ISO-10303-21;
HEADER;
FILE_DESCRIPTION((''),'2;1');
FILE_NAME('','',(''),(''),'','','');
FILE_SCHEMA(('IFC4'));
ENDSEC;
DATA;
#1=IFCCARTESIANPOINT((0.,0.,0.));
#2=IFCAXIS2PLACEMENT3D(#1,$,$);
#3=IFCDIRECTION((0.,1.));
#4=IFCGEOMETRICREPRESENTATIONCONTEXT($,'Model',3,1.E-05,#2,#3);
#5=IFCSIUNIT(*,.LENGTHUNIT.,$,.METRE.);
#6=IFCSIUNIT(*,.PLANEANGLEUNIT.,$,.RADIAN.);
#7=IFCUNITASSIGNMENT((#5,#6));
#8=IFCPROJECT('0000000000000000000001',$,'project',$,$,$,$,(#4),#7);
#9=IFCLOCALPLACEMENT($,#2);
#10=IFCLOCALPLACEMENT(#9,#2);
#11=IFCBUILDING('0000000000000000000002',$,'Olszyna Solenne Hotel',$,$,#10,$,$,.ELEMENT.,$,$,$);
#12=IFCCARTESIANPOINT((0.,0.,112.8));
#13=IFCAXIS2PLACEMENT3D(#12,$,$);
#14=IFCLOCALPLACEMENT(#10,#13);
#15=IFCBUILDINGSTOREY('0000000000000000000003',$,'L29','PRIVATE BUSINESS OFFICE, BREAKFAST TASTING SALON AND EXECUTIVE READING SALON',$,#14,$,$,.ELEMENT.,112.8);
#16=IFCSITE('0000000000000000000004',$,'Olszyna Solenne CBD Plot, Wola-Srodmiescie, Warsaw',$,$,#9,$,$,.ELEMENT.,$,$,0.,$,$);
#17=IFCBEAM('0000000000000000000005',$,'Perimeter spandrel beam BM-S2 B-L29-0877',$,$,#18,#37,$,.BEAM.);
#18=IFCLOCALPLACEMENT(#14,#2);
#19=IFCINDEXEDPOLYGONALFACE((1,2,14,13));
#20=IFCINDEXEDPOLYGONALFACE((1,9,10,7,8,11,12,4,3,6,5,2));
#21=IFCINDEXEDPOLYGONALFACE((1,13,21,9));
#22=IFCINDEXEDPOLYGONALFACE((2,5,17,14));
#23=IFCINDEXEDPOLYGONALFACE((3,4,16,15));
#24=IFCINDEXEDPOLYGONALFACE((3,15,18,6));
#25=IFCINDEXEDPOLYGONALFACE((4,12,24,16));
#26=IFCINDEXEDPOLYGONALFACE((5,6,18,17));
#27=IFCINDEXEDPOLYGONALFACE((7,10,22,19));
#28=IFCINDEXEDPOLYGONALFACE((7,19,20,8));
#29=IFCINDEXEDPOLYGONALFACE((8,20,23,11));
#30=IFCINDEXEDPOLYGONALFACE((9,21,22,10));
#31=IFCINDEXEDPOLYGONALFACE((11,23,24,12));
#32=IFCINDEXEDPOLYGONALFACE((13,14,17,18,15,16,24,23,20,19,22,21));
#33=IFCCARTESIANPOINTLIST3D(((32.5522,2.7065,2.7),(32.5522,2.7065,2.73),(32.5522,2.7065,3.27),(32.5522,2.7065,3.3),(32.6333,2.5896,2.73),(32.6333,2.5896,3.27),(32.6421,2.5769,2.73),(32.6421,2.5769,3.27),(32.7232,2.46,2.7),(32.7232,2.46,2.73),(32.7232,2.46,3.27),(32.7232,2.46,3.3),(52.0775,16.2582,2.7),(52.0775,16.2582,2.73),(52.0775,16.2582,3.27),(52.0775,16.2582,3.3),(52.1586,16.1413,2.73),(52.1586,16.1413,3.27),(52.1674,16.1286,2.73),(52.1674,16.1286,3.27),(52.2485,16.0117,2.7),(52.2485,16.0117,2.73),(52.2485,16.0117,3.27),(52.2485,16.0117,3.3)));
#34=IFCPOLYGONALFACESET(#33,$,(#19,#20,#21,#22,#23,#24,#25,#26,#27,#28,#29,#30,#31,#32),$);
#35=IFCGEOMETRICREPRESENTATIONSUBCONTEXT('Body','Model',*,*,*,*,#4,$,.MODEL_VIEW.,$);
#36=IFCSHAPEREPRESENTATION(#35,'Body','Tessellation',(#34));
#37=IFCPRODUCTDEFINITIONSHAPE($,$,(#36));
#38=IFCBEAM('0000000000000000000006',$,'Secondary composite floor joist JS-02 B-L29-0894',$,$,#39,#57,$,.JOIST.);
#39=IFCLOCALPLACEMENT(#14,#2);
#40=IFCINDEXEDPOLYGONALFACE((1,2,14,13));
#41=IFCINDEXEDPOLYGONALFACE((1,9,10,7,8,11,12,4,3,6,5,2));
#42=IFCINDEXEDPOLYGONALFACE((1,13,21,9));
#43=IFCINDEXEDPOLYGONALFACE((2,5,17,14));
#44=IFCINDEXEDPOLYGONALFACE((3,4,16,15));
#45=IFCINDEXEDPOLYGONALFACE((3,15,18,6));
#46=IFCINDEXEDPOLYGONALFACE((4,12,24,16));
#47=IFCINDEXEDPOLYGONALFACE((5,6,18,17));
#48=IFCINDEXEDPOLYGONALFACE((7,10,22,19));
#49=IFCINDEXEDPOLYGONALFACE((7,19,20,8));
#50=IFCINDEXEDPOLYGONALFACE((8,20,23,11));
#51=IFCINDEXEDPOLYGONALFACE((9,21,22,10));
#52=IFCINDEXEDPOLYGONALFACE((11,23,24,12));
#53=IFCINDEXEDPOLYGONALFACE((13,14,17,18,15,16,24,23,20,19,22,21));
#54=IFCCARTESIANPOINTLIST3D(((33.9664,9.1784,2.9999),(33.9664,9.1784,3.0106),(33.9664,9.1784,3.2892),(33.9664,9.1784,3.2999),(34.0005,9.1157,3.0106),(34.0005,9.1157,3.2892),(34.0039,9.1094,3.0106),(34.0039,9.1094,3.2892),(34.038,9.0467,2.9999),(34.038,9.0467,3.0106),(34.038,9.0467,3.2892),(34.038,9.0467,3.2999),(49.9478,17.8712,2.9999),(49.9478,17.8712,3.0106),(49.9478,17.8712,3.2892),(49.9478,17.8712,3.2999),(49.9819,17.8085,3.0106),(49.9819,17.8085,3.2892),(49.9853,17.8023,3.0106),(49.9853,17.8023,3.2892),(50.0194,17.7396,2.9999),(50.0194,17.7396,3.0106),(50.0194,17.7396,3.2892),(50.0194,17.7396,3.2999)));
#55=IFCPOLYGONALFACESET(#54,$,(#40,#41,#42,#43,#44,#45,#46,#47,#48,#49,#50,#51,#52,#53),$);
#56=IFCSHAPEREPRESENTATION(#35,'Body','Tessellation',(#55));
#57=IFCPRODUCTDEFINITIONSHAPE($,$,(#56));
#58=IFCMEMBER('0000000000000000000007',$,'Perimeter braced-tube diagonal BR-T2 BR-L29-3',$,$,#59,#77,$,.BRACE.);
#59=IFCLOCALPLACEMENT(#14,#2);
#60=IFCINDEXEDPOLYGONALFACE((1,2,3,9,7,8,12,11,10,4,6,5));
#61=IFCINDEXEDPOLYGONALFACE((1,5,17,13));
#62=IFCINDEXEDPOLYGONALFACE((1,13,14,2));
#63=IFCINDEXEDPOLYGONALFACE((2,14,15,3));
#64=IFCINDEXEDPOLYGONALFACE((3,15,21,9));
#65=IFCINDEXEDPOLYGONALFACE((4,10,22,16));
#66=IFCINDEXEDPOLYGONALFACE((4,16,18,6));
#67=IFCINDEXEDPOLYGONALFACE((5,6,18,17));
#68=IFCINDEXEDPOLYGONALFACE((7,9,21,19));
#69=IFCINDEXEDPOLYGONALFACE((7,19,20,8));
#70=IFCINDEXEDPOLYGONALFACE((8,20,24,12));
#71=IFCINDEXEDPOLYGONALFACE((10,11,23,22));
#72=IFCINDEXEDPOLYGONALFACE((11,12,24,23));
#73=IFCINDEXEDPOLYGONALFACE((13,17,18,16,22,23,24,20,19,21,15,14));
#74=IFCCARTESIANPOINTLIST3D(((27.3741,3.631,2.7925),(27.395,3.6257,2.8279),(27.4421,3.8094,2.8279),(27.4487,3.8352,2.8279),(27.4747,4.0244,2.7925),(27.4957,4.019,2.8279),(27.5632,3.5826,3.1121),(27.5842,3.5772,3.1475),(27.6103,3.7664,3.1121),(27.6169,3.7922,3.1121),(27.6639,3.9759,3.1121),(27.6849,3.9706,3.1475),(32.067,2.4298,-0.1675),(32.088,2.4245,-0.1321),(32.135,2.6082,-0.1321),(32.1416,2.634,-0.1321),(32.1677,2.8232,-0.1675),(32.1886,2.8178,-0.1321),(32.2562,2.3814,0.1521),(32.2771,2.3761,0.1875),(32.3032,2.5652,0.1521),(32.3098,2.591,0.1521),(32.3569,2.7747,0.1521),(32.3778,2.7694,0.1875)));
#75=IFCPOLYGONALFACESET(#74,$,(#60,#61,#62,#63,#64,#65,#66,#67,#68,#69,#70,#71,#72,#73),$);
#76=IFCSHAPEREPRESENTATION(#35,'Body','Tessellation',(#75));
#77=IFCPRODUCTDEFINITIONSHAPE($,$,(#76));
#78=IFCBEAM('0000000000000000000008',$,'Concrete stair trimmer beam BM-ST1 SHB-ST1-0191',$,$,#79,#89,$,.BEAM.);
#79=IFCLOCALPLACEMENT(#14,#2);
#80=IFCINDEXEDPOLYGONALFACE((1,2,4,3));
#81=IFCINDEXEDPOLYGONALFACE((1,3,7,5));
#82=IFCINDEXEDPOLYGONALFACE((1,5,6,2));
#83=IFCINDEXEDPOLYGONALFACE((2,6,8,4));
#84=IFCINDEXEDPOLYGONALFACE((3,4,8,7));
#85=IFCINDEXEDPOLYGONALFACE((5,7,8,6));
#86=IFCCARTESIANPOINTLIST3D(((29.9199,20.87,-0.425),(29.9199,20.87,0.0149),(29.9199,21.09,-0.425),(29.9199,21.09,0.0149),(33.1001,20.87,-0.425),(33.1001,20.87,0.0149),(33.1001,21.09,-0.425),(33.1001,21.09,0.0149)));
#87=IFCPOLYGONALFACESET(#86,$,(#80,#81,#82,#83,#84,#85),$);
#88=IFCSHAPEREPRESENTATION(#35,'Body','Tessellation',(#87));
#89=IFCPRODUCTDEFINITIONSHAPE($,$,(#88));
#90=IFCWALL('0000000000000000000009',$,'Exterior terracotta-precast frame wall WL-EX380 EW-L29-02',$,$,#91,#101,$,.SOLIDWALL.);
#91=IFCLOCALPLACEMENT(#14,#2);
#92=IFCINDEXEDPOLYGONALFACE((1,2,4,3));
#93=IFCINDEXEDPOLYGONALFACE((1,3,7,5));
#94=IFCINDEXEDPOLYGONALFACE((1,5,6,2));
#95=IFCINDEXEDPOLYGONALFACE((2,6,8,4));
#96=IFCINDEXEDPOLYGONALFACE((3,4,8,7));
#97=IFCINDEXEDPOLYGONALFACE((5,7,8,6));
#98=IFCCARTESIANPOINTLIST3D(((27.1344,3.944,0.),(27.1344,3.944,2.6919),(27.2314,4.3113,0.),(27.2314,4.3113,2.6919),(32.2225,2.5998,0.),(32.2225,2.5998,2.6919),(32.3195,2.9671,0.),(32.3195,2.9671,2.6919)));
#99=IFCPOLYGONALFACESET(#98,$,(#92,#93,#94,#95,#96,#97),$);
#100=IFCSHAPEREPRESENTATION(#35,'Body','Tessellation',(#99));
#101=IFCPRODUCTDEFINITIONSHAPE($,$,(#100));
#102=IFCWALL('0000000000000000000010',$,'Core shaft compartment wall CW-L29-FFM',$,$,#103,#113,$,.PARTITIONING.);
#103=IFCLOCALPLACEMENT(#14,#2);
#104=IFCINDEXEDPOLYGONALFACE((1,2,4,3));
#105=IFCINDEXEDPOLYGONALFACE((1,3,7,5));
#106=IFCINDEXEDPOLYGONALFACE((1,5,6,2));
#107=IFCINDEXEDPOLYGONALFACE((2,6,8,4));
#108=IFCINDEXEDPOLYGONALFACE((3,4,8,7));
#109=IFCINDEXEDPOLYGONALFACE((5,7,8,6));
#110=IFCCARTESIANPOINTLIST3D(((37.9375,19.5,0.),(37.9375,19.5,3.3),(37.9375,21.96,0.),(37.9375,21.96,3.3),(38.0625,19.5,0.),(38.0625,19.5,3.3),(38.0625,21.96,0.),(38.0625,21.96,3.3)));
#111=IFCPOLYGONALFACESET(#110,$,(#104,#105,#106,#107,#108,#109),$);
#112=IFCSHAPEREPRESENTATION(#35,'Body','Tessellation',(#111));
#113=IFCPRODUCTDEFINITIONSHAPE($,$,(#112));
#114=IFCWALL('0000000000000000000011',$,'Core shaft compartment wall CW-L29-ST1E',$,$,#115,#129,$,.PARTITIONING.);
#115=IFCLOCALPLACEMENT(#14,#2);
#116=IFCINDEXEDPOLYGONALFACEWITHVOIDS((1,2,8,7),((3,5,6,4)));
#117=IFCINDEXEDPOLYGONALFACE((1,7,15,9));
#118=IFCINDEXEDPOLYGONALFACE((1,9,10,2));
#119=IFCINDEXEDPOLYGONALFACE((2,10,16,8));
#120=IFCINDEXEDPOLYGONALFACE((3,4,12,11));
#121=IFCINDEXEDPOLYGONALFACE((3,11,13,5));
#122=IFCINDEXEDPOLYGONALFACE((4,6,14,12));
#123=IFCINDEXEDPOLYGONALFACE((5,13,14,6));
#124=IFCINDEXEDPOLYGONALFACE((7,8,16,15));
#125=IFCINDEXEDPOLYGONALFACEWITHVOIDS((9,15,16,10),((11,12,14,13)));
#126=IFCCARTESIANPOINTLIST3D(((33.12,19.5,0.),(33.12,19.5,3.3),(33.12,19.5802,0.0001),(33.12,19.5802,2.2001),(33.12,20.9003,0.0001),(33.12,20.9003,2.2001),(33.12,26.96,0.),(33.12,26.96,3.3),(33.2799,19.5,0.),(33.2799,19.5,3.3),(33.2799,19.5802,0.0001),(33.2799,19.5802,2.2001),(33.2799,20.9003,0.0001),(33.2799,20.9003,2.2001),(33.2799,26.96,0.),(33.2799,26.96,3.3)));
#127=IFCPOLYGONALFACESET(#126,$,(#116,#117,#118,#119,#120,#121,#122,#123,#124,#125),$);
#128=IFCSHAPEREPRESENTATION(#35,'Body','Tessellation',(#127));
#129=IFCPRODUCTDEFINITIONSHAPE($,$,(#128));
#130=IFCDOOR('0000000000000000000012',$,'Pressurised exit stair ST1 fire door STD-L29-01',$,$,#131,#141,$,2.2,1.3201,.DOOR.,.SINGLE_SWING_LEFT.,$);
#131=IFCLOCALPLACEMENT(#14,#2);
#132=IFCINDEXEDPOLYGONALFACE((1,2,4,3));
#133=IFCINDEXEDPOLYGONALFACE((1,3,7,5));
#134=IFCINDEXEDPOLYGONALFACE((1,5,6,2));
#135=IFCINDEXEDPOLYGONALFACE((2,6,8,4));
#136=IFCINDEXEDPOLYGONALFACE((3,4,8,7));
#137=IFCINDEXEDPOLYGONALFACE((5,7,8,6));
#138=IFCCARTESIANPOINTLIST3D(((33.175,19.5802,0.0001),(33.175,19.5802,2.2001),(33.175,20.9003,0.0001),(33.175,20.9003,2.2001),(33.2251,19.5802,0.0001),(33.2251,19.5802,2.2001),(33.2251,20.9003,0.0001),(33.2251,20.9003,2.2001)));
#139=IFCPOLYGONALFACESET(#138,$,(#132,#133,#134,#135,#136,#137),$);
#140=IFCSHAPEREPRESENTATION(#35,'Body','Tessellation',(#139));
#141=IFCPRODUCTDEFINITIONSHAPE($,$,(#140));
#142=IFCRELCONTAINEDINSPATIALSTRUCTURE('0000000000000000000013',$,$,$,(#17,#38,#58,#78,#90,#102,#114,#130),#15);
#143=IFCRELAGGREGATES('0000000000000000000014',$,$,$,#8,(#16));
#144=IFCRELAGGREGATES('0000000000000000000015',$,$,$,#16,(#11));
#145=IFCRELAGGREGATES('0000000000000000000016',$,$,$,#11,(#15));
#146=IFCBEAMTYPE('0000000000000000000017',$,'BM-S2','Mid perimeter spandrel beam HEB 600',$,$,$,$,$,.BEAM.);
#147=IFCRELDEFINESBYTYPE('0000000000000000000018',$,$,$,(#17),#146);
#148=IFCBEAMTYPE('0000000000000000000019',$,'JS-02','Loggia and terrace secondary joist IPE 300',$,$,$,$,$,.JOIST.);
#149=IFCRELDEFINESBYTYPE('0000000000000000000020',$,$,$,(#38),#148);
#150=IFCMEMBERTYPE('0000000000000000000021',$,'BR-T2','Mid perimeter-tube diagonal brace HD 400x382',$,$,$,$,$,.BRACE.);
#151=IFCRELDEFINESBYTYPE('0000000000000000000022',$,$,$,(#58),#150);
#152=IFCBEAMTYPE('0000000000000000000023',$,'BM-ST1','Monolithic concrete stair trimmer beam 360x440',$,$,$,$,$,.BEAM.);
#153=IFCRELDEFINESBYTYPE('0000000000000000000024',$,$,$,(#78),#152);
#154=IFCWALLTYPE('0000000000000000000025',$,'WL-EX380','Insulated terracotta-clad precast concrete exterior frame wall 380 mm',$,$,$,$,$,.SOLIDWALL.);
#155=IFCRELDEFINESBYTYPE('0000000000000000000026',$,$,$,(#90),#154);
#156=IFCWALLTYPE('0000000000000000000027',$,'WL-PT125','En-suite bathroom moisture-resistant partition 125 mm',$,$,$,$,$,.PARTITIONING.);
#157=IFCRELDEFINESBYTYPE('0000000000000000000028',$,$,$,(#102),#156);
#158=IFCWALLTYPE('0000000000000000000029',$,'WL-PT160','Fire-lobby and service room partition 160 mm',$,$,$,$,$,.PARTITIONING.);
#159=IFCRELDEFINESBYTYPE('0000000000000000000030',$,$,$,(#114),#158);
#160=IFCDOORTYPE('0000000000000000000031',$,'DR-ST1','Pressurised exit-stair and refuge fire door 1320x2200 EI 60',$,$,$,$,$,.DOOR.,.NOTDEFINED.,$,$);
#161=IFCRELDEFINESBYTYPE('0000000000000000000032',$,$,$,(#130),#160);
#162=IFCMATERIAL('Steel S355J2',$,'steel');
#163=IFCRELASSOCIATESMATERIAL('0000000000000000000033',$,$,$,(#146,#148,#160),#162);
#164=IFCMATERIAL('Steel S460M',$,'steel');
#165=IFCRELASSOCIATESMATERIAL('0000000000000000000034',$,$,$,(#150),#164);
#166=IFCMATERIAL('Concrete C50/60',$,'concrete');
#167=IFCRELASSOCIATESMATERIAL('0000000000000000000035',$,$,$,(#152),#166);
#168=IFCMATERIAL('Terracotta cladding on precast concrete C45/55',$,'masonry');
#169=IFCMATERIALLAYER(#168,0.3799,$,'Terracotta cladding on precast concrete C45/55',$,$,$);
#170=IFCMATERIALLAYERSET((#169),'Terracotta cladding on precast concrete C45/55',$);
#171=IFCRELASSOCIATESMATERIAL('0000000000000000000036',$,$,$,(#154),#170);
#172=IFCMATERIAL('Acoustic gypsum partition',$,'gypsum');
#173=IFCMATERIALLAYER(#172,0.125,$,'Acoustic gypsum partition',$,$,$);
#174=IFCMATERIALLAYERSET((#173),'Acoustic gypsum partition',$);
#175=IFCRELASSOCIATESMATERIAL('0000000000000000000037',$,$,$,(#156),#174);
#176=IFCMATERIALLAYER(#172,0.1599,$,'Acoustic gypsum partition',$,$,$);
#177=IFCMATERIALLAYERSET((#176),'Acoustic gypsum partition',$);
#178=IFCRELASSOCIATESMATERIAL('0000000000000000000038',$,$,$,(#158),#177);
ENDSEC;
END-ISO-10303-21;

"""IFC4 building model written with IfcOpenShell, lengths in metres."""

from ifc_helpers import new_model, si_unit, direction, frame, frame_2d, origin, origin_2d, place, context, subcontext, project, spatial, rectangle, i_section, extrude, source, transform, mapped, material, layer, layer_set, material_profile, profile_set, type_object, type_shapes, element, fill, save


model = new_model("IFC4")

# Units and contexts
model_context = context("Model", 3, precision=1e-05, world=origin(), true_north=direction((0.0, 1.0)))
body_context = subcontext(model_context, "Body", "Model", "MODEL_VIEW")
ifc_project = project(units=[si_unit("LENGTHUNIT", "METRE"), si_unit("PLANEANGLEUNIT", "RADIAN")], contexts=[model_context])

# Site, building, storey
site_placement = place(None, origin())
site = spatial("IfcSite", under=ifc_project, at=site_placement, Name="Olszyna Solenne CBD Plot, Wola-Srodmiescie, Warsaw", CompositionType="ELEMENT", RefElevation=0.0)
building_placement = place(site_placement, origin())
building = spatial("IfcBuilding", under=site, at=building_placement, Name="Olszyna Solenne Hotel", CompositionType="ELEMENT")
storey_placement = place(building_placement, frame((0.0, 0.0, 112.8)))
storey = spatial("IfcBuildingStorey", under=building, at=storey_placement, Name="L29", Description="PRIVATE BUSINESS OFFICE, BREAKFAST TASTING SALON AND EXECUTIVE READING SALON", CompositionType="ELEMENT", Elevation=112.8)

# Beams
ifc_material_1 = material(Name="Steel S355J2", Category="steel")
ifc_material_profile_1 = material_profile(ifc_material_1, i_section(OverallWidth=0.3, OverallDepth=0.6001, WebThickness=0.0154, FlangeThickness=0.03, at=origin_2d()), Name="HEB 600", Category="load-bearing")
ifc_profile_set_1 = profile_set([ifc_material_profile_1], Name="Steel S355J2")
beam_type_1 = type_object("IfcBeamType", Name="BM-S2", Description="Mid perimeter spandrel beam HEB 600", PredefinedType="BEAM", material=ifc_profile_set_1)
shared_shape_1 = source(origin(), body_context, "Body", "SweptSolid", [
    extrude(i_section(OverallWidth=0.3, OverallDepth=0.6001, WebThickness=0.0154, FlangeThickness=0.03, at=origin_2d()), origin(), (0.0, 0.0, 1.0), 23.7673),
])
beam_1_placement = place(storey_placement, frame((32.6377, 2.5833, 3.0), z_axis=(0.821519, 0.570182, 0.0), x_axis=(-0.570182, 0.821519, 0.0)))
element("IfcBeam", 1, at=beam_1_placement, inside=storey, type_object=beam_type_1, Name="Perimeter spandrel beam BM-S2 B-L29-0877", PredefinedType="BEAM", context=body_context, shape_type="MappedRepresentation", body=[
    mapped(shared_shape_1, transform((0.0, 0.0, 0.0), x_axis=(1.0, 0.0, 0.0), y_axis=(0.0, 1.0, 0.0), z_axis=(0.0, 0.0, 1.0), scale=1.0)),
])
ifc_material_profile_2 = material_profile(ifc_material_1, i_section(OverallWidth=0.1499, OverallDepth=0.3, WebThickness=0.0071, FlangeThickness=0.0107, at=origin_2d()), Name="IPE 300", Category="load-bearing")
ifc_profile_set_2 = profile_set([ifc_material_profile_2], Name="Steel S355J2")
beam_type_2 = type_object("IfcBeamType", Name="JS-02", Description="Loggia and terrace secondary joist IPE 300", PredefinedType="JOIST", material=ifc_profile_set_2)
shared_shape_2 = source(origin(), body_context, "Body", "SweptSolid", [
    extrude(i_section(OverallWidth=0.1499, OverallDepth=0.3, WebThickness=0.0071, FlangeThickness=0.0107, at=origin_2d()), origin(), (0.0, 0.0, 1.0), 18.1926),
])
beam_2_placement = place(storey_placement, frame((34.0022, 9.1125, 3.1499), z_axis=(0.878456, 0.477823, 0.0), x_axis=(-0.477823, 0.878456, 0.0)))
element("IfcBeam", 2, at=beam_2_placement, inside=storey, type_object=beam_type_2, Name="Secondary composite floor joist JS-02 B-L29-0894", PredefinedType="JOIST", context=body_context, shape_type="MappedRepresentation", body=[
    mapped(shared_shape_2, transform((0.0, 0.0, 0.0), x_axis=(1.0, 0.0, 0.0), y_axis=(0.0, 1.0, 0.0), z_axis=(0.0, 0.0, 1.0), scale=1.0)),
])

# Member
ifc_material_2 = material(Name="Steel S460M", Category="steel")
ifc_material_profile_3 = material_profile(ifc_material_2, i_section(OverallWidth=0.406, OverallDepth=0.416, WebThickness=0.0266, FlangeThickness=0.0415, at=origin_2d()), Name="HD 400x382", Category="load-bearing")
ifc_profile_set_3 = profile_set([ifc_material_profile_3], Name="Steel S460M")
member_type = type_object("IfcMemberType", Name="BR-T2", Description="Mid perimeter-tube diagonal brace HD 400x382", PredefinedType="BRACE", material=ifc_profile_set_3)
shared_shape_3 = source(origin(), body_context, "Body", "SweptSolid", [
    extrude(i_section(OverallWidth=0.406, OverallDepth=0.416, WebThickness=0.0266, FlangeThickness=0.0415, at=origin_2d()), origin(), (0.0, 0.0, 1.0), 5.677),
])
member_placement = place(storey_placement, frame((32.2224, 2.5996, 0.01), z_axis=(-0.826661, 0.211589, 0.521404), x_axis=(-0.247963, -0.968769, 0.0)))
element("IfcMember", 3, at=member_placement, inside=storey, type_object=member_type, Name="Perimeter braced-tube diagonal BR-T2 BR-L29-3", PredefinedType="BRACE", context=body_context, shape_type="MappedRepresentation", body=[
    mapped(shared_shape_3, transform((0.0, 0.0, 0.0), x_axis=(1.0, 0.0, 0.0), y_axis=(0.0, 1.0, 0.0), z_axis=(0.0, 0.0, 1.0), scale=1.0)),
])

# Beam
ifc_material_3 = material(Name="Concrete C50/60", Category="concrete")
ifc_material_profile_4 = material_profile(ifc_material_3, rectangle(XDim=0.22, YDim=0.4399, at=origin_2d()), Name="RC 220x440", Category="load-bearing")
ifc_profile_set_4 = profile_set([ifc_material_profile_4], Name="Concrete C50/60")
beam_type_3 = type_object("IfcBeamType", Name="BM-ST1", Description="Monolithic concrete stair trimmer beam 360x440", PredefinedType="BEAM", material=ifc_profile_set_4)
shared_shape_4 = source(origin(), body_context, "Body", "SweptSolid", [
    extrude(rectangle(XDim=0.22, YDim=0.4399, at=origin_2d()), origin(), (0.0, 0.0, 1.0), 3.1802),
])
beam_3_placement = place(storey_placement, frame((33.1001, 20.98, -0.2051), z_axis=(-1.0, 0.0, 0.0), x_axis=(0.0, -1.0, 0.0)))
element("IfcBeam", 4, at=beam_3_placement, inside=storey, type_object=beam_type_3, Name="Concrete stair trimmer beam BM-ST1 SHB-ST1-0191", PredefinedType="BEAM", context=body_context, shape_type="MappedRepresentation", body=[
    mapped(shared_shape_4, transform((0.0, 0.0, 0.0), x_axis=(1.0, 0.0, 0.0), y_axis=(0.0, 1.0, 0.0), z_axis=(0.0, 0.0, 1.0), scale=1.0)),
])

# Walls
ifc_material_4 = material(Name="Terracotta cladding on precast concrete C45/55", Category="masonry")
ifc_layer_1 = layer(ifc_material_4, 0.3799, Name="Terracotta cladding on precast concrete C45/55")
ifc_layer_set_1 = layer_set([ifc_layer_1], Name="Terracotta cladding on precast concrete C45/55")
wall_type_1 = type_object("IfcWallType", Name="WL-EX380", Description="Insulated terracotta-clad precast concrete exterior frame wall 380 mm", PredefinedType="SOLIDWALL", material=ifc_layer_set_1)
wall_1_placement = place(storey_placement, frame((32.271, 2.7834, 0.0), z_axis=(0.0, 0.0, 1.0), x_axis=(-0.966828, 0.255427, 0.0)))
element("IfcWall", 5, at=wall_1_placement, inside=storey, type_object=wall_type_1, Name="Exterior terracotta-precast frame wall WL-EX380 EW-L29-02", PredefinedType="SOLIDWALL", context=body_context, shape_type="SweptSolid", body=[
    extrude(rectangle(XDim=5.2627, YDim=0.3799, at=frame_2d((2.6313, 0.0))), origin(), (0.0, 0.0, 1.0), 2.6919),
])
ifc_material_5 = material(Name="Acoustic gypsum partition", Category="gypsum")
ifc_layer_2 = layer(ifc_material_5, 0.125, Name="Acoustic gypsum partition")
ifc_layer_set_2 = layer_set([ifc_layer_2], Name="Acoustic gypsum partition")
wall_type_2 = type_object("IfcWallType", Name="WL-PT125", Description="En-suite bathroom moisture-resistant partition 125 mm", PredefinedType="PARTITIONING", material=ifc_layer_set_2)
wall_2_placement = place(storey_placement, frame((38.0, 19.5, 0.0), z_axis=(0.0, 0.0, 1.0), x_axis=(0.0, 1.0, 0.0)))
element("IfcWall", 6, at=wall_2_placement, inside=storey, type_object=wall_type_2, Name="Core shaft compartment wall CW-L29-FFM", PredefinedType="PARTITIONING", context=body_context, shape_type="SweptSolid", body=[
    extrude(rectangle(XDim=2.46, YDim=0.125, at=frame_2d((1.23, 0.0))), origin(), (0.0, 0.0, 1.0), 3.3),
])

# Wall, opening, door
ifc_layer_3 = layer(ifc_material_5, 0.1599, Name="Acoustic gypsum partition")
ifc_layer_set_3 = layer_set([ifc_layer_3], Name="Acoustic gypsum partition")
wall_type_3 = type_object("IfcWallType", Name="WL-PT160", Description="Fire-lobby and service room partition 160 mm", PredefinedType="PARTITIONING", material=ifc_layer_set_3)
wall_3_placement = place(storey_placement, frame((33.2, 19.5, 0.0), z_axis=(0.0, 0.0, 1.0), x_axis=(0.0, 1.0, 0.0)))
wall_3 = element("IfcWall", 7, at=wall_3_placement, inside=storey, type_object=wall_type_3, Name="Core shaft compartment wall CW-L29-ST1E", PredefinedType="PARTITIONING", context=body_context, shape_type="SweptSolid", body=[
    extrude(rectangle(XDim=7.46, YDim=0.1599, at=frame_2d((3.73, 0.0))), origin(), (0.0, 0.0, 1.0), 3.3),
])
opening_1_placement = place(wall_3_placement, frame((0.0801, 0.0, 0.0)))
opening_1 = element("IfcOpeningElement", 8, at=opening_1_placement, cuts=wall_3, PredefinedType="OPENING", context=body_context, shape_type="SweptSolid", body=[
    extrude(rectangle(XDim=1.3201, YDim=2.2, at=frame_2d((0.6602, 1.1001))), frame((0.0, 0.0898, 0.0), z_axis=(0.0, -1.0, 0.0), x_axis=(1.0, 0.0, 0.0)), (0.0, 0.0, 1.0), 0.1799),
])
door_type_1 = type_object("IfcDoorType", Name="DR-ST1", Description="Pressurised exit-stair and refuge fire door 1320x2200 EI 60", OperationType="NOTDEFINED", PredefinedType="DOOR", material=ifc_material_1)
shared_shape_5 = source(origin(), body_context, "Body", "SweptSolid", [
    extrude(rectangle(XDim=1.3201, YDim=2.2, at=frame_2d((0.6602, 1.1001))), frame((0.0, 0.0249, 0.0), z_axis=(0.0, -1.0, 0.0), x_axis=(1.0, 0.0, 0.0)), (0.0, 0.0, 1.0), 0.05),
])
type_shapes(door_type_1, [shared_shape_5])
door_1_placement = place(opening_1_placement, origin())
door_1 = element("IfcDoor", 9, at=door_1_placement, inside=storey, type_object=door_type_1, Name="Pressurised exit stair ST1 fire door STD-L29-01", OperationType="SINGLE_SWING_LEFT", OverallHeight=2.2, OverallWidth=1.3201, PredefinedType="DOOR", context=body_context, shape_type="MappedRepresentation", body=[
    mapped(shared_shape_5, transform((0.0, 0.0, 0.0), x_axis=(1.0, 0.0, 0.0), y_axis=(0.0, 1.0, 0.0), z_axis=(0.0, 0.0, 1.0), scale=1.0)),
])
fill(opening_1, door_1)

save(model, "model.ifc")
